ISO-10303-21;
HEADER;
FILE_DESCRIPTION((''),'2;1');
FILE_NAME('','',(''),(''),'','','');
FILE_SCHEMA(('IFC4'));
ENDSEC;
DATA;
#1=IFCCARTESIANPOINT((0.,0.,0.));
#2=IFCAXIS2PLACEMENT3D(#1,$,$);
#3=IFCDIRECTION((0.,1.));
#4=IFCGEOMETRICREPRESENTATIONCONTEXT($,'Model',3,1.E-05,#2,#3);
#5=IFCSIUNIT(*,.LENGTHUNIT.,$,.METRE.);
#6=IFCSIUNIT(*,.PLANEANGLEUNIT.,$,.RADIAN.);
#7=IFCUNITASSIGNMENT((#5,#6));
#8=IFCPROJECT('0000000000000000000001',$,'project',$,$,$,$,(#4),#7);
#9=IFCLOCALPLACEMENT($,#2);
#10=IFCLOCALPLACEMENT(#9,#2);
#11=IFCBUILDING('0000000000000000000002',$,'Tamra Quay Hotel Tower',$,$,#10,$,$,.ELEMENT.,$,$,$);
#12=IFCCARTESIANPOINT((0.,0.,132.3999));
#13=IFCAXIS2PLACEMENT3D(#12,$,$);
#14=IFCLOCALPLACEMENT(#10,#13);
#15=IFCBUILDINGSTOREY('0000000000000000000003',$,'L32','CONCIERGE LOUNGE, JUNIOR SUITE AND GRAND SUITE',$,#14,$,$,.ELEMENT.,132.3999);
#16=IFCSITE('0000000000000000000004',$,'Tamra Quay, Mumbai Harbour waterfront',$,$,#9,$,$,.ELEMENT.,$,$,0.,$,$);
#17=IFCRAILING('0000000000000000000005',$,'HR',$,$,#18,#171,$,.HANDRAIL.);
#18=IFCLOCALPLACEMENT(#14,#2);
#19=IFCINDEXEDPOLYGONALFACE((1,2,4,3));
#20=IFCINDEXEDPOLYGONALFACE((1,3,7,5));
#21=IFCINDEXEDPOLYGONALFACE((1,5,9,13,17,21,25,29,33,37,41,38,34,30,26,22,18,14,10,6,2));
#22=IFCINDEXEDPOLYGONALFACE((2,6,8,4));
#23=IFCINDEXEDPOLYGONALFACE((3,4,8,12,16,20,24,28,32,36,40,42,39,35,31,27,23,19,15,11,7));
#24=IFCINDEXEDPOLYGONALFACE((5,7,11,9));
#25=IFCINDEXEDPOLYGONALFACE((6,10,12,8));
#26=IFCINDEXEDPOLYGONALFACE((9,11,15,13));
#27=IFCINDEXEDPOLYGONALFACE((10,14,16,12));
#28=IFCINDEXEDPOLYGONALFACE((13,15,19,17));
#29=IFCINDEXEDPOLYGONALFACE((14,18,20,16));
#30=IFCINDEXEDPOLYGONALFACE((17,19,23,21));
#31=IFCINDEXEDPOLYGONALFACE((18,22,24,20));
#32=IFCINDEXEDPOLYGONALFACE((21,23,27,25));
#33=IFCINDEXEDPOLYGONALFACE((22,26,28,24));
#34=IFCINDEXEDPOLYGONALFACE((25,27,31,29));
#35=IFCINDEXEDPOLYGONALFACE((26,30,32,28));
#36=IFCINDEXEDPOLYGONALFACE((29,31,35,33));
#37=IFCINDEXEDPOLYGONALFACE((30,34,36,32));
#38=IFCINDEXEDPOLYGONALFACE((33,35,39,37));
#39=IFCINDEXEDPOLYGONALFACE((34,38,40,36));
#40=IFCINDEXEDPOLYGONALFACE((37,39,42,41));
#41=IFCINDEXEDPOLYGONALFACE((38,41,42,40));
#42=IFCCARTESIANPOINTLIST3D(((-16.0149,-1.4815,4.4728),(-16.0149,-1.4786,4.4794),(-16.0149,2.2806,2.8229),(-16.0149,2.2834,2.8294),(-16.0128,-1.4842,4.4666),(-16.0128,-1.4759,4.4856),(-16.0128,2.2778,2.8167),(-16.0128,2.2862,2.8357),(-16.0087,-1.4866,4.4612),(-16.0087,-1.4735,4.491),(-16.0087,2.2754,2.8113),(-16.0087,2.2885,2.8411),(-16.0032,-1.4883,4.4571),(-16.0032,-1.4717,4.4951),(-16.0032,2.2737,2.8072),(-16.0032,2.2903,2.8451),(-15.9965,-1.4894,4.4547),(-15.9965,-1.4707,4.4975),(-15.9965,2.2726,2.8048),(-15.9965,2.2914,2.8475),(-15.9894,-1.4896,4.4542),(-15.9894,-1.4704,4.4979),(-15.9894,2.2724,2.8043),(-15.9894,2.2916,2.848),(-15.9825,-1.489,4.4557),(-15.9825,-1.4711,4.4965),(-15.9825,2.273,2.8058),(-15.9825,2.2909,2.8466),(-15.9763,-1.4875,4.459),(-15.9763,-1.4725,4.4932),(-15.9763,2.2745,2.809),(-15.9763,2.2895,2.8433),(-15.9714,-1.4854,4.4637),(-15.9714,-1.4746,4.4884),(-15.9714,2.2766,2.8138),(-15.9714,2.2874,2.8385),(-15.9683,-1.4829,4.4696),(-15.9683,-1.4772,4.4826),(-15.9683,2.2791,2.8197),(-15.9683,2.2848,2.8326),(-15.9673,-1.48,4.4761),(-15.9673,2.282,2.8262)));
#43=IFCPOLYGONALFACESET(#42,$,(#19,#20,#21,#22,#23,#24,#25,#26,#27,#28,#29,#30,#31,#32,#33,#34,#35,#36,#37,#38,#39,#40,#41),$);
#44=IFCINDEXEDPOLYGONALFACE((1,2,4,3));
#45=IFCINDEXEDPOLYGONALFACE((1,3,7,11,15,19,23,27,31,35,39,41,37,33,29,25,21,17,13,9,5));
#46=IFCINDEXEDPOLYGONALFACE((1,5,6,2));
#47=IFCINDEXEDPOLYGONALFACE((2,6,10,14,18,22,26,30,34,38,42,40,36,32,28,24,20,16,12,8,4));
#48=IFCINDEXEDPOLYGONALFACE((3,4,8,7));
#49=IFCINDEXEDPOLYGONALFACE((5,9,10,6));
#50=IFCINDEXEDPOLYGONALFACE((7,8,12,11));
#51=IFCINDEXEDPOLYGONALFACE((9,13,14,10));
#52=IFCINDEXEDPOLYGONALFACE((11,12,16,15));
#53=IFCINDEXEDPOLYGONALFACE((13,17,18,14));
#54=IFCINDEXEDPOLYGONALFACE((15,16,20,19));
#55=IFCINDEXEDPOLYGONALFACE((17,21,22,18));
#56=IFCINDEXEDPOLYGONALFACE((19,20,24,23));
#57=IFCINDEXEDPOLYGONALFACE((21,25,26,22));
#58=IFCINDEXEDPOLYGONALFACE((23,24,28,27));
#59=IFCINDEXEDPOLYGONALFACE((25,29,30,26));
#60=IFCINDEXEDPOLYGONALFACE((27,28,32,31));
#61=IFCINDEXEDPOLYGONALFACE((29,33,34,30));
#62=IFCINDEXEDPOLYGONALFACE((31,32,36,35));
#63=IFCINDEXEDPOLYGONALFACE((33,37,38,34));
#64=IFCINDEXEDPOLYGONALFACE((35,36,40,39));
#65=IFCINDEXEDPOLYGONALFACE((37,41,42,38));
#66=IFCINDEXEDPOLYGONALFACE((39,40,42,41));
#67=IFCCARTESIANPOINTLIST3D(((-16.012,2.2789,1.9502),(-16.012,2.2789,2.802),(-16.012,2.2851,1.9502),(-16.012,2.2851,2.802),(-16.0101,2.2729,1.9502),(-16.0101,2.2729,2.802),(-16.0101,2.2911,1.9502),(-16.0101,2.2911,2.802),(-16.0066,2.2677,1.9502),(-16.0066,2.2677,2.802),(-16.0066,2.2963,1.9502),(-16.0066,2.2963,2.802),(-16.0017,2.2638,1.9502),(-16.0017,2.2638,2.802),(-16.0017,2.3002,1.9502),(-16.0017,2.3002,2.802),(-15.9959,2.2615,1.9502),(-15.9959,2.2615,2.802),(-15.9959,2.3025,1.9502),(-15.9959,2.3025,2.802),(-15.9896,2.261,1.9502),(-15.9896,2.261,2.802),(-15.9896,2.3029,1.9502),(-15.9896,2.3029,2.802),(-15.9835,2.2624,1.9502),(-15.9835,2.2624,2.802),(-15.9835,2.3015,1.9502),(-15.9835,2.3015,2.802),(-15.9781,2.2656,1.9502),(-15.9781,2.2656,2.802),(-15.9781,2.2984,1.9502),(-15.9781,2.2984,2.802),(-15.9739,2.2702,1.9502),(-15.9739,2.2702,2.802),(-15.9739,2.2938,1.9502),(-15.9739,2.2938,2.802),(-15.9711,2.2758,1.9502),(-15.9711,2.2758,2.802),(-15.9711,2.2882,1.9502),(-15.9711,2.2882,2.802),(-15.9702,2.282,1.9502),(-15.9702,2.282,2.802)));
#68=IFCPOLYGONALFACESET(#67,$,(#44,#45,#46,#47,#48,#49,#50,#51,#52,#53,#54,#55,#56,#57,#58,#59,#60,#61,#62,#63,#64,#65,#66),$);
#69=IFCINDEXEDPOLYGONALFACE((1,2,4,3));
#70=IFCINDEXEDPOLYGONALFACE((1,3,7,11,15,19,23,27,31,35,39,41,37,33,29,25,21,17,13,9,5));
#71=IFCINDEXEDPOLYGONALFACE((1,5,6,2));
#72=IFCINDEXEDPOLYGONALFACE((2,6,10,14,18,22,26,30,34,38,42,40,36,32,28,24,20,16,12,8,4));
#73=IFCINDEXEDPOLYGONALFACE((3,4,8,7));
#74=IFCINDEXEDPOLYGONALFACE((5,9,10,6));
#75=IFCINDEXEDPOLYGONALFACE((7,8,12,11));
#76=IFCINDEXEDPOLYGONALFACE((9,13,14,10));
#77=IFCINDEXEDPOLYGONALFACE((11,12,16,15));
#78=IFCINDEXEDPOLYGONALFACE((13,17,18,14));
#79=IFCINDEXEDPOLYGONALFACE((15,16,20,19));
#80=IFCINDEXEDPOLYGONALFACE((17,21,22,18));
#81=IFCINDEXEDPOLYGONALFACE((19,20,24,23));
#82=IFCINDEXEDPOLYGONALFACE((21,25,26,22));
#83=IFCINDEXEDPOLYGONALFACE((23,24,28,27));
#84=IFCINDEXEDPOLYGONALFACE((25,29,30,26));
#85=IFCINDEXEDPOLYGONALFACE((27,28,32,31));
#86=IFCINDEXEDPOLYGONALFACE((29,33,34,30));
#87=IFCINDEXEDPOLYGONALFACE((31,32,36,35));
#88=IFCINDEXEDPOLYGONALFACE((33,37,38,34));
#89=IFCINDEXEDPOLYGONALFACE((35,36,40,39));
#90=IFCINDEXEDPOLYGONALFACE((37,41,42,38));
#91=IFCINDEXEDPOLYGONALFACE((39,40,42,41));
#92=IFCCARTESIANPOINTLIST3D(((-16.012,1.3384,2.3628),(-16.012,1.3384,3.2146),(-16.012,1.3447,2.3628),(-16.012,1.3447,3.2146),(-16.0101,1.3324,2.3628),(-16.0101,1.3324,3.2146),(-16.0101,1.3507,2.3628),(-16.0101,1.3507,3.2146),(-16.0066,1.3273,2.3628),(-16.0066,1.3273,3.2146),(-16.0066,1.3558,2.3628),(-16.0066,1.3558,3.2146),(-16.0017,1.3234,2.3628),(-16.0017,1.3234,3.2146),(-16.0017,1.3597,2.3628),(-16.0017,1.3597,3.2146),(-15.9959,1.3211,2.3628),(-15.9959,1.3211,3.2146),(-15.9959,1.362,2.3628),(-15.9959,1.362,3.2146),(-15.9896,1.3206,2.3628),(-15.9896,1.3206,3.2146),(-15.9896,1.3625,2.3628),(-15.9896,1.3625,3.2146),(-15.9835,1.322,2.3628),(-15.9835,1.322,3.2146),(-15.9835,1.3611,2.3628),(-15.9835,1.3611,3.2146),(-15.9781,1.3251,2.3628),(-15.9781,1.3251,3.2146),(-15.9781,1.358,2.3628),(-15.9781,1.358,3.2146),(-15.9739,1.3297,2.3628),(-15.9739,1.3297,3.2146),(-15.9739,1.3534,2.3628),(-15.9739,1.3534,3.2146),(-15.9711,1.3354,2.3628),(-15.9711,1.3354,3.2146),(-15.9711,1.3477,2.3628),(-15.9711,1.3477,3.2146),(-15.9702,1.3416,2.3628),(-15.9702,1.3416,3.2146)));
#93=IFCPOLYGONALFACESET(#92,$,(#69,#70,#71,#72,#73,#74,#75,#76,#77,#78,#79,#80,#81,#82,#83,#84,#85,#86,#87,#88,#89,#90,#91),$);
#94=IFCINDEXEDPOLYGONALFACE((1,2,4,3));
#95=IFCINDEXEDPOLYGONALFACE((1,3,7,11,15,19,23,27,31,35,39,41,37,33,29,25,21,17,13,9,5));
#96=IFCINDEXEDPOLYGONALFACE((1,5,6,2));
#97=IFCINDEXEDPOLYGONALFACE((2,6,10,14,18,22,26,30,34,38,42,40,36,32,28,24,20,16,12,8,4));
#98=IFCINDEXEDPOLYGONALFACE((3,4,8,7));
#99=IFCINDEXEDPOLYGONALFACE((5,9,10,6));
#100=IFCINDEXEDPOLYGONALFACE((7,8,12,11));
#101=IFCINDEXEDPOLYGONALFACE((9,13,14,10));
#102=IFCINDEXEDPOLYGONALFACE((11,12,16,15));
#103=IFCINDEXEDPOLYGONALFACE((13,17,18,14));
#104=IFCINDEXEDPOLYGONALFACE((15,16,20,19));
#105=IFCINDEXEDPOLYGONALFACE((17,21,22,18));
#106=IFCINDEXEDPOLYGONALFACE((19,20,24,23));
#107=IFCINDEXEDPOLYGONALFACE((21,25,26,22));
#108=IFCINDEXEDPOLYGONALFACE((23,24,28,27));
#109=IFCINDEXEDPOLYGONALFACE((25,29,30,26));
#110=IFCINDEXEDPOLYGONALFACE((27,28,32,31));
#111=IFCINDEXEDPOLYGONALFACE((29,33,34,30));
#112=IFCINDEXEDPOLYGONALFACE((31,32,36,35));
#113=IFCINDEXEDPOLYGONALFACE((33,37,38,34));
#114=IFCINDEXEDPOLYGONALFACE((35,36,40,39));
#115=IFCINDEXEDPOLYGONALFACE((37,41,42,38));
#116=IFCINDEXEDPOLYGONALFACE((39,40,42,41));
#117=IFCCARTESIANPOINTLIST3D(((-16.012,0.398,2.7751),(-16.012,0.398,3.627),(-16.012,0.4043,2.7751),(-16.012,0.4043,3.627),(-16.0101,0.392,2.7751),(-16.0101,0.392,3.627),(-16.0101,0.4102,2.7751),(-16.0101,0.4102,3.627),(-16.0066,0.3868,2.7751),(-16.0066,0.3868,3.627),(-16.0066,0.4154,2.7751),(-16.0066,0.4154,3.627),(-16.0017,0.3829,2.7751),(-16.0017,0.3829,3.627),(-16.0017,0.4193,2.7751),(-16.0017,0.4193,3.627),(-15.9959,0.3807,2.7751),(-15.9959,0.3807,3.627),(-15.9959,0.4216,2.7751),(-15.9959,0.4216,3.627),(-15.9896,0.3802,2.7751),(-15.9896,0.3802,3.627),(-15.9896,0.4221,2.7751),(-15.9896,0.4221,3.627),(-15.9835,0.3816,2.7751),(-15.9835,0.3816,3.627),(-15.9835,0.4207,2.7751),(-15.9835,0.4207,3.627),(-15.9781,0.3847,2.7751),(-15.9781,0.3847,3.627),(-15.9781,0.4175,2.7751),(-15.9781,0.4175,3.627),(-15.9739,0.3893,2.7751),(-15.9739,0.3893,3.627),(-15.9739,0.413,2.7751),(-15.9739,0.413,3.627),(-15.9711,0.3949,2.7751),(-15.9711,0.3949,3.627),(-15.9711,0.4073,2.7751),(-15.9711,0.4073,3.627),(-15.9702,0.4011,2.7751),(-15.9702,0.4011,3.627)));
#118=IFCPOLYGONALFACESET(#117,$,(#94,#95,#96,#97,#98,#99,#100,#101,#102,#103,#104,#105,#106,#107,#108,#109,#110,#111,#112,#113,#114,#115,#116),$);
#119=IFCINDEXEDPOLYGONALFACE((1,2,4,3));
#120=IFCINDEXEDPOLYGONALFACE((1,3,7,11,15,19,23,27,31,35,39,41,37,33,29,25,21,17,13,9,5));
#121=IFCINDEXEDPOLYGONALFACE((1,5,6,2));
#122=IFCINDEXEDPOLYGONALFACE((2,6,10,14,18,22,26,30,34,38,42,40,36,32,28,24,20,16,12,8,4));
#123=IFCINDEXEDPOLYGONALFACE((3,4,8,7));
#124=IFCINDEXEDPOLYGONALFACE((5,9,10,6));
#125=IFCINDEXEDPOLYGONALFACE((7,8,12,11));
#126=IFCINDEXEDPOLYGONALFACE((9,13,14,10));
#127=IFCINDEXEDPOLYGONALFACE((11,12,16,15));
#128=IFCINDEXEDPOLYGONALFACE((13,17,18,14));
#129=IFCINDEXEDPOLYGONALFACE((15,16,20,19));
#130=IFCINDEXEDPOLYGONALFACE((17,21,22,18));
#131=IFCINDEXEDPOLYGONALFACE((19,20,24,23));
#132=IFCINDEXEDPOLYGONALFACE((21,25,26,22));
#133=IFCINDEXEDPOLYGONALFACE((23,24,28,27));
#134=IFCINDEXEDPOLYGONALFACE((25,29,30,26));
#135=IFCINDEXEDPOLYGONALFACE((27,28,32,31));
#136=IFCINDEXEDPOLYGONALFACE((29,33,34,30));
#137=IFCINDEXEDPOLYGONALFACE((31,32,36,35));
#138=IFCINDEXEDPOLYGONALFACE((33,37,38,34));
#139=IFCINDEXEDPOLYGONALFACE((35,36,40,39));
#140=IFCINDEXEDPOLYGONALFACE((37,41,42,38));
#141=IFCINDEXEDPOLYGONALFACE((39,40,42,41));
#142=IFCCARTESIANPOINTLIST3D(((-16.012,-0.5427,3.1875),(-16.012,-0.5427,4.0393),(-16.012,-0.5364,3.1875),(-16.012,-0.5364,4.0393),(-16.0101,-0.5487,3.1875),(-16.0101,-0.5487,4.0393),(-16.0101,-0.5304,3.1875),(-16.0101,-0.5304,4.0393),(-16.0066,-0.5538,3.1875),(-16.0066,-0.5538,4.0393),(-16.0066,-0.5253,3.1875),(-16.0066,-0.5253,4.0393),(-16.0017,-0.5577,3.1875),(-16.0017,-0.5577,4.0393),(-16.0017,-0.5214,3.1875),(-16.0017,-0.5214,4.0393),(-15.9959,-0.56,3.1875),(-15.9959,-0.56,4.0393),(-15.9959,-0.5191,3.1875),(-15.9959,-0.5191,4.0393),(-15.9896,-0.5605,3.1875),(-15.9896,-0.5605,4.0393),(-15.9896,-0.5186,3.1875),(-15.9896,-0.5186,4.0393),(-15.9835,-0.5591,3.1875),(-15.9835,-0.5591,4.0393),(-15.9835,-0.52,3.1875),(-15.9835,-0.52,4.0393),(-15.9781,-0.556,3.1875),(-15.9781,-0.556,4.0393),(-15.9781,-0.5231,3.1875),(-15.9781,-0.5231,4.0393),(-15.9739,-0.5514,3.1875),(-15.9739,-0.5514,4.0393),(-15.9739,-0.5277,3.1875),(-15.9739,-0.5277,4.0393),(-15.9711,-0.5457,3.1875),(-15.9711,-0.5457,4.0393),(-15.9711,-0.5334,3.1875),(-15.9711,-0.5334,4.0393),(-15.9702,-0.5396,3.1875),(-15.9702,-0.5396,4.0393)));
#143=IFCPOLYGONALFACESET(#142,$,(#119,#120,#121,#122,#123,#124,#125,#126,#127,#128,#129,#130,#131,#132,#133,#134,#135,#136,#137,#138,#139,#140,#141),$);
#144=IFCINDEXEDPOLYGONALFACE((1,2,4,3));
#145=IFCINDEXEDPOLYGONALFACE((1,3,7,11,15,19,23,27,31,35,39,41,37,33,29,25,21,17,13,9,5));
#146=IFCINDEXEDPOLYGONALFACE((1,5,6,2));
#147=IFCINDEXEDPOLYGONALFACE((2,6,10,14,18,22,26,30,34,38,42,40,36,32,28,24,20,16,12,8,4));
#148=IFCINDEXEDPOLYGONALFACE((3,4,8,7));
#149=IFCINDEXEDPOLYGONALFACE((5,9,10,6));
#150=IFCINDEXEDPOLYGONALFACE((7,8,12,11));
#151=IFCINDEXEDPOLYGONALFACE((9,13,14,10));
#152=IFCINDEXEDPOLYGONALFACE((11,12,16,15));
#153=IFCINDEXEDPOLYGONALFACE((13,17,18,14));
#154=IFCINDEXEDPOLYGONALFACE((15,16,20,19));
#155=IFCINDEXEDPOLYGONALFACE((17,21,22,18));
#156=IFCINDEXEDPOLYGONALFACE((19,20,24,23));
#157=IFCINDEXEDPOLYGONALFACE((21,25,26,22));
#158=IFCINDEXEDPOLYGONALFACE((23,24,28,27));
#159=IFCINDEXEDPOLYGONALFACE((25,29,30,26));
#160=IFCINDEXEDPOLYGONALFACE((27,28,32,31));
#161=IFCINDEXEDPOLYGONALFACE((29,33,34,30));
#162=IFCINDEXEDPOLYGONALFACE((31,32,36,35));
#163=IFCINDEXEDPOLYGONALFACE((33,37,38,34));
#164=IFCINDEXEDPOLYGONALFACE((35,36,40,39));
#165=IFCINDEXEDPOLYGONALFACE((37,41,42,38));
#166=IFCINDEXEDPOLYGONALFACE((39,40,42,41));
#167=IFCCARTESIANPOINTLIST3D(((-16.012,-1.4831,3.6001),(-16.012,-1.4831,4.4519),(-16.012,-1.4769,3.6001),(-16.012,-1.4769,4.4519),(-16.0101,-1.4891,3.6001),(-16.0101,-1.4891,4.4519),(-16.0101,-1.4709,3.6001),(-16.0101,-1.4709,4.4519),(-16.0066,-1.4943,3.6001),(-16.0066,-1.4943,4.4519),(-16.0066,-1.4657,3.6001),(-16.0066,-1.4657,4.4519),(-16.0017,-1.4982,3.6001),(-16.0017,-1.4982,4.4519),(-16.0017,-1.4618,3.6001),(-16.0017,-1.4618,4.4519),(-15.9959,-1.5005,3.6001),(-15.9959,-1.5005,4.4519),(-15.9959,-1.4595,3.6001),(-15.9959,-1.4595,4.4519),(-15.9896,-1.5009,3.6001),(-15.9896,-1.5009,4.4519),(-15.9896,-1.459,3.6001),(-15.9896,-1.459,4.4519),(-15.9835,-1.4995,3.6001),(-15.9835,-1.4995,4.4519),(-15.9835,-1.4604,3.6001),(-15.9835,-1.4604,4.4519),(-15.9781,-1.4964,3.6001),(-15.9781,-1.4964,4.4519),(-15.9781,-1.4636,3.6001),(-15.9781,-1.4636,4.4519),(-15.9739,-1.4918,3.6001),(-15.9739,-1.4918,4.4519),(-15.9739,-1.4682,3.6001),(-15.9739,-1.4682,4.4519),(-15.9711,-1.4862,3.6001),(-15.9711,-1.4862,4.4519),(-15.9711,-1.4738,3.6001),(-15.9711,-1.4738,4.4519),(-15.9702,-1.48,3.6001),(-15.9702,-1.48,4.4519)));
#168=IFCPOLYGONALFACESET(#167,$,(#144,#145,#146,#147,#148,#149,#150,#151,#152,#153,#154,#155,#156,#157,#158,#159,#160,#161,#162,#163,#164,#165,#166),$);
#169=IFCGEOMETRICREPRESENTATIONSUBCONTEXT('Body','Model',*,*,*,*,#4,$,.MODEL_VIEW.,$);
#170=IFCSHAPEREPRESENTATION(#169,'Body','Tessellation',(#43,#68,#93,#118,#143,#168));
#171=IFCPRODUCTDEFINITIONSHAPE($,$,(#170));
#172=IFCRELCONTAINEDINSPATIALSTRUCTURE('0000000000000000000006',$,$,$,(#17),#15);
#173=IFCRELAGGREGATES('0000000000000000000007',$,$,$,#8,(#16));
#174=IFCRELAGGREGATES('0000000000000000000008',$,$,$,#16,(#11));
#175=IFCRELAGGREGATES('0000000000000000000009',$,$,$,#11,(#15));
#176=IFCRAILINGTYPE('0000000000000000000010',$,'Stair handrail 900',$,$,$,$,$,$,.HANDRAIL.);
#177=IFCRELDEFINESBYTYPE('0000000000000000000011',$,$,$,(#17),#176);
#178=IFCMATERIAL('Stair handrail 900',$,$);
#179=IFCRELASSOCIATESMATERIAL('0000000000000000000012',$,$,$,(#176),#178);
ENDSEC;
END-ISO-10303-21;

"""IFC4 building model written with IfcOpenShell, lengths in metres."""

from ifc_helpers import new_model, si_unit, direction, frame, origin, origin_2d, place, context, subcontext, project, spatial, circle, extrude, material, type_object, element, save


model = new_model("IFC4")

# Units and contexts
model_context = context("Model", 3, precision=1e-05, world=origin(), true_north=direction((0.0, 1.0)))
body_context = subcontext(model_context, "Body", "Model", "MODEL_VIEW")
ifc_project = project(units=[si_unit("LENGTHUNIT", "METRE"), si_unit("PLANEANGLEUNIT", "RADIAN")], contexts=[model_context])

# Site, building, storey
site_placement = place(None, origin())
site = spatial("IfcSite", under=ifc_project, at=site_placement, Name="Tamra Quay, Mumbai Harbour waterfront", CompositionType="ELEMENT", RefElevation=0.0)
building_placement = place(site_placement, origin())
building = spatial("IfcBuilding", under=site, at=building_placement, Name="Tamra Quay Hotel Tower", CompositionType="ELEMENT")
storey_placement = place(building_placement, frame((0.0, 0.0, 132.3999)))
storey = spatial("IfcBuildingStorey", under=building, at=storey_placement, Name="L32", Description="CONCIERGE LOUNGE, JUNIOR SUITE AND GRAND SUITE", CompositionType="ELEMENT", Elevation=132.3999)

# Railing
ifc_material_1 = material(Name="Stair handrail 900")
railing_type = type_object("IfcRailingType", Name="Stair handrail 900", PredefinedType="HANDRAIL", material=ifc_material_1)
railing_placement = place(storey_placement, frame((-15.9912, 2.282, 1.9502)))
element("IfcRailing", 1, at=railing_placement, inside=storey, type_object=railing_type, Name="HR", PredefinedType="HANDRAIL", context=body_context, shape_type="SweptSolid", body=[
    extrude(circle(Radius=0.0239, at=origin_2d()), frame((0.0, 0.0, 0.876), z_axis=(0.0, -0.915795, 0.401645), x_axis=(1.0, 0.0, 0.0)), (0.0, 0.0, 1.0), 4.1079),
    extrude(circle(Radius=0.021, at=origin_2d()), origin(), (0.0, 0.0, 1.0), 0.8518),
    extrude(circle(Radius=0.021, at=origin_2d()), frame((0.0, -0.9404, 0.4126)), (0.0, 0.0, 1.0), 0.8518),
    extrude(circle(Radius=0.021, at=origin_2d()), frame((0.0, -1.8809, 0.825)), (0.0, 0.0, 1.0), 0.8518),
    extrude(circle(Radius=0.021, at=origin_2d()), frame((0.0, -2.8215, 1.2373)), (0.0, 0.0, 1.0), 0.8518),
    extrude(circle(Radius=0.021, at=origin_2d()), frame((0.0, -3.762, 1.6499)), (0.0, 0.0, 1.0), 0.8518),
])

save(model, "model.ifc")
